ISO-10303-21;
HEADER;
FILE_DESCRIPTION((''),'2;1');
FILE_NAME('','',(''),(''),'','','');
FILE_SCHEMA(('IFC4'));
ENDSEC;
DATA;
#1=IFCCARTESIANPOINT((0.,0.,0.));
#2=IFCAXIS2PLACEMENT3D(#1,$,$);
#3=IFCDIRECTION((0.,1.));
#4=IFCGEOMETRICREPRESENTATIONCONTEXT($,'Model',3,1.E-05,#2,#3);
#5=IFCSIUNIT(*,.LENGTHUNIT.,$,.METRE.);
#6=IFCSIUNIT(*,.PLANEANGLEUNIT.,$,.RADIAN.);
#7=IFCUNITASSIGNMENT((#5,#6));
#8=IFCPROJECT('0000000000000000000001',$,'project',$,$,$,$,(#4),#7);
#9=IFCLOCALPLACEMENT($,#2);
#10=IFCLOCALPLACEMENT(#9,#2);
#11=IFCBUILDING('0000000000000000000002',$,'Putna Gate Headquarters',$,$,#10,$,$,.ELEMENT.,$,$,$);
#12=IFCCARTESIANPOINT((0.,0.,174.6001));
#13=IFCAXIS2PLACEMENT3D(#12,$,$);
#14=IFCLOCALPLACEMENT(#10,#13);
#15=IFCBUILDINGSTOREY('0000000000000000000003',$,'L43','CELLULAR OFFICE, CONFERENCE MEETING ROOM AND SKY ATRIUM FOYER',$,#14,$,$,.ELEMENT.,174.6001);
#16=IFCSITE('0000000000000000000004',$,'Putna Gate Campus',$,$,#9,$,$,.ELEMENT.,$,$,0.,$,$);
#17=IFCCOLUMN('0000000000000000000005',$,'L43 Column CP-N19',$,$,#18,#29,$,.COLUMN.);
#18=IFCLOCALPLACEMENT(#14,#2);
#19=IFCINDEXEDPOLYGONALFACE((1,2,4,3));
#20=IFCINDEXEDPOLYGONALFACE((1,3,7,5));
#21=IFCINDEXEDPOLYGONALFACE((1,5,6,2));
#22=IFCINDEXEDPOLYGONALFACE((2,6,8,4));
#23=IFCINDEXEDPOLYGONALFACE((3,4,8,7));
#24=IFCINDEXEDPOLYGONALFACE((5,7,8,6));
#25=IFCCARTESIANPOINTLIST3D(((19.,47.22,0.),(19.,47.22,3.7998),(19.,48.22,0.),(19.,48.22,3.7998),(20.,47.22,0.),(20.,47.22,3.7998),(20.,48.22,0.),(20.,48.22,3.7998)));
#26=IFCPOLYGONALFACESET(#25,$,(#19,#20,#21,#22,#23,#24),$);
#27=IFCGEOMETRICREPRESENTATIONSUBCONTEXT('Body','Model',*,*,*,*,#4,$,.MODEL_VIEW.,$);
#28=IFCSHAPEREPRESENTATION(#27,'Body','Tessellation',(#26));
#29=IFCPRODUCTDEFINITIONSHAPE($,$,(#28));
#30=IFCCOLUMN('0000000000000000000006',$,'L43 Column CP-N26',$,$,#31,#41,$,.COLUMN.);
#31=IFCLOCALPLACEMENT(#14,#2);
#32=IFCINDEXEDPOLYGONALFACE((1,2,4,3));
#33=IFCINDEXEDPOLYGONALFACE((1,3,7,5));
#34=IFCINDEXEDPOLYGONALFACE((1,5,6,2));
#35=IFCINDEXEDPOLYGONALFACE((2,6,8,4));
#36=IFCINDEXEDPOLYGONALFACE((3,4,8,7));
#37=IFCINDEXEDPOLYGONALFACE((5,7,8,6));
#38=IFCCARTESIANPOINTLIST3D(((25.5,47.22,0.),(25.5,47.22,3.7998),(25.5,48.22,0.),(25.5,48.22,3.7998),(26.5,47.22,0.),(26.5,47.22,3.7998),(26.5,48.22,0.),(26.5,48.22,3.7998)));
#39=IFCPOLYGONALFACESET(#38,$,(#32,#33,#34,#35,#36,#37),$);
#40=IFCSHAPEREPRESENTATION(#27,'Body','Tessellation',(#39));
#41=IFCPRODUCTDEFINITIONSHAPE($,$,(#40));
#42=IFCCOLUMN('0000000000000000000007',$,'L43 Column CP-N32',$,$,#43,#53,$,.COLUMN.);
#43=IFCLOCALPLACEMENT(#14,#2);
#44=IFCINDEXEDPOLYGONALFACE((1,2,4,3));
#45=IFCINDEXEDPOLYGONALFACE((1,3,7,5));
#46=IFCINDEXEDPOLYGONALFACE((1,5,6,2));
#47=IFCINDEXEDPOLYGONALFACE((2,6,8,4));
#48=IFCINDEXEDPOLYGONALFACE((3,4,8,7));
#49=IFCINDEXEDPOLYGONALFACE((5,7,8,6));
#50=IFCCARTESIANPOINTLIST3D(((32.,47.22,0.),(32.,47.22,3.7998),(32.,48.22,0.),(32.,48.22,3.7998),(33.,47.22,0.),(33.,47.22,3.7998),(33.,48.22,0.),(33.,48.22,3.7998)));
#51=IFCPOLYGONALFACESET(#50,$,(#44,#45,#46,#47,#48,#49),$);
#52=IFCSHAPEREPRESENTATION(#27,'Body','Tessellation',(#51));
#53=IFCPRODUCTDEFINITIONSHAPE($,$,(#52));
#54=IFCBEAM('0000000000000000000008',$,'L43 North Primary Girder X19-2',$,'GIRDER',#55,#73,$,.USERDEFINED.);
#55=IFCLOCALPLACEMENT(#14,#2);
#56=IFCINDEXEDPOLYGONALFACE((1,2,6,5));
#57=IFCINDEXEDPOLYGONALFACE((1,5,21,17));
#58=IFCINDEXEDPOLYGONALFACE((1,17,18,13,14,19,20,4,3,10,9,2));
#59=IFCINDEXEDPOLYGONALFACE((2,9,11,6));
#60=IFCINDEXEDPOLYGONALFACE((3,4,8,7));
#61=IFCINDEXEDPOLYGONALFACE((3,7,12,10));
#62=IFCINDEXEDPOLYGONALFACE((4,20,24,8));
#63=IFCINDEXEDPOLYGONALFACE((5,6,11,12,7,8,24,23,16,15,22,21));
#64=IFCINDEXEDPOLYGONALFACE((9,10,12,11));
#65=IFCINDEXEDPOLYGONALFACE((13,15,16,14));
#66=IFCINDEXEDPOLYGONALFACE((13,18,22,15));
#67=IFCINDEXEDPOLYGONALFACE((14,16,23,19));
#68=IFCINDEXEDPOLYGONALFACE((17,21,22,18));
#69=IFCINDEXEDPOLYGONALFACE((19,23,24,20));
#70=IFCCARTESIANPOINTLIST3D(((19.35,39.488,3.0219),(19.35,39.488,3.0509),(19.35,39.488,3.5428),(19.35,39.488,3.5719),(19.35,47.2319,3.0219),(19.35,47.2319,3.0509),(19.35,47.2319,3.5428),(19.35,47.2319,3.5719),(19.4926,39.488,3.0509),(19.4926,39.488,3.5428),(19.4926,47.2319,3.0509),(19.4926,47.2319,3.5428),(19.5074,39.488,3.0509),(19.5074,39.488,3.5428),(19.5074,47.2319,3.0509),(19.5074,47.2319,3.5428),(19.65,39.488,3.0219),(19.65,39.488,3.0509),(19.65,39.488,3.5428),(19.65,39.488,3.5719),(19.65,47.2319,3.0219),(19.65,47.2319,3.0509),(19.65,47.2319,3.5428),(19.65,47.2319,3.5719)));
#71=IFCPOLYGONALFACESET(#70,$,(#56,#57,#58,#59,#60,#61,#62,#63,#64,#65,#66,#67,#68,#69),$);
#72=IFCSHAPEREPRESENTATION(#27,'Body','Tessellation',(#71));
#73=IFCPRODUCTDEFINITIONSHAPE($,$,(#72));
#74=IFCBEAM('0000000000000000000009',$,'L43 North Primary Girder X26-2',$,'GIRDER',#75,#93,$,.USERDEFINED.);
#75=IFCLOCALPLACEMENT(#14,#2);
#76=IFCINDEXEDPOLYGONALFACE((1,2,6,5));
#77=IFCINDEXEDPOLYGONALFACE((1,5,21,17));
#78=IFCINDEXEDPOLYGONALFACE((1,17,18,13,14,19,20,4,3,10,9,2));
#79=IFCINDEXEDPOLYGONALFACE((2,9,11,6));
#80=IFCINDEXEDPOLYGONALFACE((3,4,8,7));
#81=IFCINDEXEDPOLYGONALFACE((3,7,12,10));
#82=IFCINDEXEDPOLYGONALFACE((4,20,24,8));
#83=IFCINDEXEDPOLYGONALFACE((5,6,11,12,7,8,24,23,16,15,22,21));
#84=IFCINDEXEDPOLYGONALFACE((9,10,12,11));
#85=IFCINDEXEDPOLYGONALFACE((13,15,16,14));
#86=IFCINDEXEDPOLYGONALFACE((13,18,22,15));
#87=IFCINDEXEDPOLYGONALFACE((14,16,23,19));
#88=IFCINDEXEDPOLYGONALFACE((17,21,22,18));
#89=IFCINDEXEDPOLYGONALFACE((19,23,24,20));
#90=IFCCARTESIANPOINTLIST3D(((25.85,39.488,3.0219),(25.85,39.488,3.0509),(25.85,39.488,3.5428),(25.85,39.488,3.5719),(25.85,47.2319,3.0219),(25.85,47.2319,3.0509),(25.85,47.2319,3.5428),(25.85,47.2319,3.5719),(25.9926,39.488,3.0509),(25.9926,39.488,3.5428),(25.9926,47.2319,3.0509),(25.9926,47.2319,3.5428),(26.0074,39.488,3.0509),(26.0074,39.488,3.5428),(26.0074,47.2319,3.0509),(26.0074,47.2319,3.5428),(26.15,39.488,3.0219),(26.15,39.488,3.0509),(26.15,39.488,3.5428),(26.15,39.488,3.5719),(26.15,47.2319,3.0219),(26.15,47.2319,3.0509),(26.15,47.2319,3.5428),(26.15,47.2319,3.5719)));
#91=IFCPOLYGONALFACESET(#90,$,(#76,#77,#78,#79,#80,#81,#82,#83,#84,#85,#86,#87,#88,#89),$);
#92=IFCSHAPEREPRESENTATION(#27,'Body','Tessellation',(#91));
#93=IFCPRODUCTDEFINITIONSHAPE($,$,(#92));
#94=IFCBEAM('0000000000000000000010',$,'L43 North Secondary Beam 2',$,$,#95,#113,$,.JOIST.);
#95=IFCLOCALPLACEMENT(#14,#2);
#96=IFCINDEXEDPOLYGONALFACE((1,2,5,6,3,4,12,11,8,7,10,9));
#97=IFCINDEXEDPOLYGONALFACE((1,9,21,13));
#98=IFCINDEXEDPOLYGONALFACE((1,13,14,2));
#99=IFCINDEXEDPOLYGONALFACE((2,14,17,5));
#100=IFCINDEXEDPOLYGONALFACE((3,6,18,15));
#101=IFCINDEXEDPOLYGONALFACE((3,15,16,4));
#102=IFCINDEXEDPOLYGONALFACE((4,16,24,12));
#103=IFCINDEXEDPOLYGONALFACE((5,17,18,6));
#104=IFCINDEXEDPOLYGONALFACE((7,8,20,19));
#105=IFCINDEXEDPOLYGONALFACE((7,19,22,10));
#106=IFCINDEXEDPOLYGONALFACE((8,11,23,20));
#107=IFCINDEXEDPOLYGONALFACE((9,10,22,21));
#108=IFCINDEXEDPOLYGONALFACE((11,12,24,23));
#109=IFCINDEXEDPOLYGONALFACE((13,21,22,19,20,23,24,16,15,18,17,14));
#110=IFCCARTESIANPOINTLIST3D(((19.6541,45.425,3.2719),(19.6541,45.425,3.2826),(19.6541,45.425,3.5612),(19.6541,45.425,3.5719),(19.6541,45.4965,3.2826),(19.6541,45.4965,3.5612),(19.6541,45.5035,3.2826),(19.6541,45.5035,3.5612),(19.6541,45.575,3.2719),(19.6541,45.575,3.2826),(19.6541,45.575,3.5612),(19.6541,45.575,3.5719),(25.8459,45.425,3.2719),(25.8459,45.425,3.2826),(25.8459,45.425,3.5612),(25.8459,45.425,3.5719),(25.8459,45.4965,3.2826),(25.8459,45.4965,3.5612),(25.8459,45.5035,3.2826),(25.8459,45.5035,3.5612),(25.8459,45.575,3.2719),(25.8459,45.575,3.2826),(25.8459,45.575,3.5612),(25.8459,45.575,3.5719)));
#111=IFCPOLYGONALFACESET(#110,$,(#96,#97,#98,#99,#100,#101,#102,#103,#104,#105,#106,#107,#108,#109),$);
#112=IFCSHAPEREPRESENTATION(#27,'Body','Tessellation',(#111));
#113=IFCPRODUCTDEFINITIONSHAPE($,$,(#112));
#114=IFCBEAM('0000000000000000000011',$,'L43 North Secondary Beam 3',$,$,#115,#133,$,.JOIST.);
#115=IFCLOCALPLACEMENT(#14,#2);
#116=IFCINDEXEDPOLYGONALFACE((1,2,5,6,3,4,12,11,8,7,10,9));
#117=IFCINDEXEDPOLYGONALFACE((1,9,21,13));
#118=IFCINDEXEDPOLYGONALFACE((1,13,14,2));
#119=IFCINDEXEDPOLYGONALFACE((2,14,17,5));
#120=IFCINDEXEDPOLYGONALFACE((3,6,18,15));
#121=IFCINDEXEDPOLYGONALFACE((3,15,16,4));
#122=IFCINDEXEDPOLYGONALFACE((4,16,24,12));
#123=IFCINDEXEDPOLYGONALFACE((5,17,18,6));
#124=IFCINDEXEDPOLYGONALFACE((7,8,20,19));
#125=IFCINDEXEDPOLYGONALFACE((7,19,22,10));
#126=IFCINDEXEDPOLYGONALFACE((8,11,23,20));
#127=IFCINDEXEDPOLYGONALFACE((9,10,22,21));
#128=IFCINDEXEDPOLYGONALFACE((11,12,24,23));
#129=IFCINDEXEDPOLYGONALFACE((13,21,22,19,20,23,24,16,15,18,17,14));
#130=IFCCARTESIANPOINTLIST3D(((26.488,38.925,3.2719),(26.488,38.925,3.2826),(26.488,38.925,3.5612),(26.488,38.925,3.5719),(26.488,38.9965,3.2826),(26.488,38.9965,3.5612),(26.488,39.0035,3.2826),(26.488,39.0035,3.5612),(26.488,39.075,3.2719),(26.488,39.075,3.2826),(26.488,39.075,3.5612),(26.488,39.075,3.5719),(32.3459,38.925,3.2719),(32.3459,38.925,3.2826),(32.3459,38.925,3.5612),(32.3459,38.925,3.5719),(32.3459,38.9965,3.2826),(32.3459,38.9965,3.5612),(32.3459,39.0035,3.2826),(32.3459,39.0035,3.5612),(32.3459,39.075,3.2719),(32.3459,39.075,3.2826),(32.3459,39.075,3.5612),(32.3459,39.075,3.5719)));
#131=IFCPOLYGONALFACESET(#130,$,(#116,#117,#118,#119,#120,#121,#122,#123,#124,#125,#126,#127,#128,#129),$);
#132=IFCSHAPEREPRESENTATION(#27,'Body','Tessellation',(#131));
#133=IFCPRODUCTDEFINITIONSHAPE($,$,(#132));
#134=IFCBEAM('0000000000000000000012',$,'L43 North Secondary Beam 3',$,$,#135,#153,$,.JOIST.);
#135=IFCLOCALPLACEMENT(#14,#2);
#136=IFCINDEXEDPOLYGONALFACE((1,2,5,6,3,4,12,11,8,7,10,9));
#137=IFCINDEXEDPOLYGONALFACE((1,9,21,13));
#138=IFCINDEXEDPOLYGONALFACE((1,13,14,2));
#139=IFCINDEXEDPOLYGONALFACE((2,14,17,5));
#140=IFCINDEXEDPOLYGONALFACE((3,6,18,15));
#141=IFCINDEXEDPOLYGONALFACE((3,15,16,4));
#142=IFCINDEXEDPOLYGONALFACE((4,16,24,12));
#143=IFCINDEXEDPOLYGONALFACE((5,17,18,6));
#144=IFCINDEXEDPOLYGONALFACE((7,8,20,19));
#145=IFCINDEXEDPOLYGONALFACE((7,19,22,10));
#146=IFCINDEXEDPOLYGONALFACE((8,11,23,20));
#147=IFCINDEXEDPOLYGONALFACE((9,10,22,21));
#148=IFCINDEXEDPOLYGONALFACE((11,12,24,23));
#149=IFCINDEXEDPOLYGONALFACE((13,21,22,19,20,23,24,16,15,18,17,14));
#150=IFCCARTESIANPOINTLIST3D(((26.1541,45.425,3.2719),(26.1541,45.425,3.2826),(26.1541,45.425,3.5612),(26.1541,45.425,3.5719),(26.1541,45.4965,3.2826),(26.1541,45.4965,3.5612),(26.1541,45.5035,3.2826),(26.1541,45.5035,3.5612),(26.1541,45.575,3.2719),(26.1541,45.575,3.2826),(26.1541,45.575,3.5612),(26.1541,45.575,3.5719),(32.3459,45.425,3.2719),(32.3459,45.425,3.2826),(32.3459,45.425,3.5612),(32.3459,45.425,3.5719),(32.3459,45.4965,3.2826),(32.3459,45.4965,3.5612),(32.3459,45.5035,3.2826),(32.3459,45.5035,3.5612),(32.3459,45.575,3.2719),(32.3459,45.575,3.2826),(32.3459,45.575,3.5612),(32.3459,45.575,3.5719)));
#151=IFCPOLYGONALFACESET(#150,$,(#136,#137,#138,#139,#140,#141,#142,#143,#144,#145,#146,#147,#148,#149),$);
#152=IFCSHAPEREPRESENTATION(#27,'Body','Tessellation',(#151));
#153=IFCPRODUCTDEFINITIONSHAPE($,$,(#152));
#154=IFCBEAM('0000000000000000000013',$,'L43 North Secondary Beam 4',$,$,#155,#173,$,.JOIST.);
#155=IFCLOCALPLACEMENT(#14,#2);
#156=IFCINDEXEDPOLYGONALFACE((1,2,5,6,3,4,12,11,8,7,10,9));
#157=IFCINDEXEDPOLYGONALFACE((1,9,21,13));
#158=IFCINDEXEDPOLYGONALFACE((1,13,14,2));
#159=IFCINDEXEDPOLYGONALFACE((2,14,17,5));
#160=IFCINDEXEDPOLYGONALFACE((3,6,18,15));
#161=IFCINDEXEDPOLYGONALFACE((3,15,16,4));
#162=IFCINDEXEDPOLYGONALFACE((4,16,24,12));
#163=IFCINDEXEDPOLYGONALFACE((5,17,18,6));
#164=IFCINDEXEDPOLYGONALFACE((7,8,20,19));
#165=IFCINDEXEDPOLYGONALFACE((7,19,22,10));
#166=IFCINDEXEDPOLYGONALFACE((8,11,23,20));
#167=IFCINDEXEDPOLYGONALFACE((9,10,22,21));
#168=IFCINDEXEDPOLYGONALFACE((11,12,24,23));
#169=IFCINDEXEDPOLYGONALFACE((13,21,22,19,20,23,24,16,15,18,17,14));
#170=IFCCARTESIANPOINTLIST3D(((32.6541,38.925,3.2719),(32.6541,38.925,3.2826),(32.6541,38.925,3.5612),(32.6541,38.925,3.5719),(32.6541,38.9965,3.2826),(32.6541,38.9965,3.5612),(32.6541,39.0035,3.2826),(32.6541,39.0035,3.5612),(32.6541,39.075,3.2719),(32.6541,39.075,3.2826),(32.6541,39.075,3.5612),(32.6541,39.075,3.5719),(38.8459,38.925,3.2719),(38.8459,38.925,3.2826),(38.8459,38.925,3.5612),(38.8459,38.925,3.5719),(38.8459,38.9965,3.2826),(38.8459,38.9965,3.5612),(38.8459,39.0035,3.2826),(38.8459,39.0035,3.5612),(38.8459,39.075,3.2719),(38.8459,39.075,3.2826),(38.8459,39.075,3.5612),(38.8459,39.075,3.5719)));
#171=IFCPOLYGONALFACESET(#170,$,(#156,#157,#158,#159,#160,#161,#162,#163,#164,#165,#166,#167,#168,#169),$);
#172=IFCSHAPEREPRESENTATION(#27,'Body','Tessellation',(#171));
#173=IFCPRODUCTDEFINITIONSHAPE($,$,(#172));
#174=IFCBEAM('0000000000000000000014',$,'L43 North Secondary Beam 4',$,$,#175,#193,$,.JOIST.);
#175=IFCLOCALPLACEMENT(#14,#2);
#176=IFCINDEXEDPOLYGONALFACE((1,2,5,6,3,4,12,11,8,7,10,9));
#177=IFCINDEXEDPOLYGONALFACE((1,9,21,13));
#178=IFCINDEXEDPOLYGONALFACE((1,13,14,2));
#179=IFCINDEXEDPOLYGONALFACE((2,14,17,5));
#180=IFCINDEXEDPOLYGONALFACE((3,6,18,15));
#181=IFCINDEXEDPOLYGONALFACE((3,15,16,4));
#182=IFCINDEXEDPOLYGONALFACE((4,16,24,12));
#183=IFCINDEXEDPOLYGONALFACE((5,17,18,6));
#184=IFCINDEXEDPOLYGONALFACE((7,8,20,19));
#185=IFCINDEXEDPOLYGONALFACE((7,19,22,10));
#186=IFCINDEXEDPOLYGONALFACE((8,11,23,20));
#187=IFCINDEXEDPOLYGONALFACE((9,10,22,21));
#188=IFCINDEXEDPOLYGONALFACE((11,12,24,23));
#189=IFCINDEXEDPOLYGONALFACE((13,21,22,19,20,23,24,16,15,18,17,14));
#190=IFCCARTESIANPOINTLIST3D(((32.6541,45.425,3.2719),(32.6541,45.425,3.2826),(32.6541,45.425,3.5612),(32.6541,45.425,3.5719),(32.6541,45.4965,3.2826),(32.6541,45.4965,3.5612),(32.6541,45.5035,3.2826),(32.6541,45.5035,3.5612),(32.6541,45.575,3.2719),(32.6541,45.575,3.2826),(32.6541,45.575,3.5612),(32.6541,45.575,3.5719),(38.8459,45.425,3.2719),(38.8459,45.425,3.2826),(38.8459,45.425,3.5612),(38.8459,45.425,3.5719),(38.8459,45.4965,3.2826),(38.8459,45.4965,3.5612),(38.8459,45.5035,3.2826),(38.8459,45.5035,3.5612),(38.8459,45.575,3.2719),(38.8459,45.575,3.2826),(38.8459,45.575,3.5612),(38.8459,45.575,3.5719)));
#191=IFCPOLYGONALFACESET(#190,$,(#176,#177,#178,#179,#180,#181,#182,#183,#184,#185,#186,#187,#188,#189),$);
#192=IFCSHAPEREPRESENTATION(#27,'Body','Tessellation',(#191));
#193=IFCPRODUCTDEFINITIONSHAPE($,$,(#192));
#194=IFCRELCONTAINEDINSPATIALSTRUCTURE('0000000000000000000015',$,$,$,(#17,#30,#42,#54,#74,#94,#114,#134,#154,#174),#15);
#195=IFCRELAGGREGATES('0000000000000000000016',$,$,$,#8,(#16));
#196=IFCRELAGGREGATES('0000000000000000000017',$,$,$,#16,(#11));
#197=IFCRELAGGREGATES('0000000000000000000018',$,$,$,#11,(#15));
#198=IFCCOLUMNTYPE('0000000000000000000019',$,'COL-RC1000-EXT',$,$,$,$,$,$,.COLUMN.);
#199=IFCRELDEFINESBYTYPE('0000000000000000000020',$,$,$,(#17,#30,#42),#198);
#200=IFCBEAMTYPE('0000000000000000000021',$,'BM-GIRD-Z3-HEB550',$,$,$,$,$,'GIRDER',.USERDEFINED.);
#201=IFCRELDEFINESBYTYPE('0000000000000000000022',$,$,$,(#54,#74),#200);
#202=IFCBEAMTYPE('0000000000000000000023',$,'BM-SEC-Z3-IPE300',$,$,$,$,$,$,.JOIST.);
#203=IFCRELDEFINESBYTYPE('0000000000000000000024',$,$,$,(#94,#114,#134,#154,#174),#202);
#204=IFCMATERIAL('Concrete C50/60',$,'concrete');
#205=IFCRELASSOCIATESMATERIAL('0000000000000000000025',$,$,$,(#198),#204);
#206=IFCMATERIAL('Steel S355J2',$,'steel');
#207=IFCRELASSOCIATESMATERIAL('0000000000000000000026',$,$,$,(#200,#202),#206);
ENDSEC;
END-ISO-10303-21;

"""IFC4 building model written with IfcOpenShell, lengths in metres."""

from ifc_helpers import new_model, si_unit, direction, frame, origin, origin_2d, place, context, subcontext, project, spatial, rectangle, i_section, extrude, material, material_profile, profile_set, type_object, element, save


model = new_model("IFC4")

# Units and contexts
model_context = context("Model", 3, precision=1e-05, world=origin(), true_north=direction((0.0, 1.0)))
body_context = subcontext(model_context, "Body", "Model", "MODEL_VIEW")
ifc_project = project(units=[si_unit("LENGTHUNIT", "METRE"), si_unit("PLANEANGLEUNIT", "RADIAN")], contexts=[model_context])

# Site, building, storey
site_placement = place(None, origin())
site = spatial("IfcSite", under=ifc_project, at=site_placement, Name="Putna Gate Campus", CompositionType="ELEMENT", RefElevation=0.0)
building_placement = place(site_placement, origin())
building = spatial("IfcBuilding", under=site, at=building_placement, Name="Putna Gate Headquarters", CompositionType="ELEMENT")
storey_placement = place(building_placement, frame((0.0, 0.0, 174.6001)))
storey = spatial("IfcBuildingStorey", under=building, at=storey_placement, Name="L43", Description="CELLULAR OFFICE, CONFERENCE MEETING ROOM AND SKY ATRIUM FOYER", CompositionType="ELEMENT", Elevation=174.6001)

# Columns
ifc_material_1 = material(Name="Concrete C50/60", Category="concrete")
ifc_material_profile_1 = material_profile(ifc_material_1, rectangle(XDim=1.0, YDim=1.0, at=origin_2d()), Name="Concrete C50/60")
ifc_profile_set_1 = profile_set([ifc_material_profile_1], Name="Concrete C50/60")
column_type = type_object("IfcColumnType", Name="COL-RC1000-EXT", PredefinedType="COLUMN", material=ifc_profile_set_1)
for number, where, z_axis, x_axis, name in (
    (1, (19.5, 47.72, 0.0), (0.0, 0.0, 1.0), (1.0, 0.0, 0.0), "L43 Column CP-N19"),
    (2, (26.0, 47.72, 0.0), (0.0, 0.0, 1.0), (1.0, 0.0, 0.0), "L43 Column CP-N26"),
    (3, (32.5, 47.72, 0.0), (0.0, 0.0, 1.0), (1.0, 0.0, 0.0), "L43 Column CP-N32"),
):
    element("IfcColumn", number, at=place(storey_placement, frame(where, z_axis=z_axis, x_axis=x_axis)), inside=storey, type_object=column_type, Name=name, PredefinedType="COLUMN", context=body_context, shape_type="SweptSolid", body=[
        extrude(rectangle(XDim=1.0, YDim=1.0, at=origin_2d()), origin(), (0.0, 0.0, 1.0), 3.7998),
    ])

# Beams
ifc_material_2 = material(Name="Steel S355J2", Category="steel")
ifc_material_profile_2 = material_profile(ifc_material_2, i_section(OverallWidth=0.3, OverallDepth=0.55, WebThickness=0.0149, FlangeThickness=0.0291, at=origin_2d()), Name="Steel S355J2")
ifc_profile_set_2 = profile_set([ifc_material_profile_2], Name="Steel S355J2")
beam_type_1 = type_object("IfcBeamType", Name="BM-GIRD-Z3-HEB550", ElementType="GIRDER", PredefinedType="USERDEFINED", material=ifc_profile_set_2)
for number, where, z_axis, x_axis, name in (
    (4, (19.5, 39.488, 3.2969), (0.0, 1.0, 0.0), (-1.0, 0.0, 0.0), "L43 North Primary Girder X19-2"),
    (5, (26.0, 39.488, 3.2969), (0.0, 1.0, 0.0), (-1.0, 0.0, 0.0), "L43 North Primary Girder X26-2"),
):
    element("IfcBeam", number, at=place(storey_placement, frame(where, z_axis=z_axis, x_axis=x_axis)), inside=storey, type_object=beam_type_1, Name=name, ObjectType="GIRDER", PredefinedType="USERDEFINED", context=body_context, shape_type="SweptSolid", body=[
        extrude(i_section(OverallWidth=0.3, OverallDepth=0.55, WebThickness=0.0149, FlangeThickness=0.0291, at=origin_2d()), origin(), (0.0, 0.0, 1.0), 7.7439),
    ])
ifc_material_profile_3 = material_profile(ifc_material_2, i_section(OverallWidth=0.1499, OverallDepth=0.3, WebThickness=0.0071, FlangeThickness=0.0107, at=origin_2d()), Name="Steel S355J2")
ifc_profile_set_3 = profile_set([ifc_material_profile_3], Name="Steel S355J2")
beam_type_2 = type_object("IfcBeamType", Name="BM-SEC-Z3-IPE300", PredefinedType="JOIST", material=ifc_profile_set_3)
beam_1_placement = place(storey_placement, frame((19.6541, 45.5, 3.4219), z_axis=(1.0, 0.0, 0.0), x_axis=(0.0, 1.0, 0.0)))
element("IfcBeam", 6, at=beam_1_placement, inside=storey, type_object=beam_type_2, Name="L43 North Secondary Beam 2", PredefinedType="JOIST", context=body_context, shape_type="SweptSolid", body=[
    extrude(i_section(OverallWidth=0.1499, OverallDepth=0.3, WebThickness=0.0071, FlangeThickness=0.0107, at=origin_2d()), origin(), (0.0, 0.0, 1.0), 6.1919),
])
beam_2_placement = place(storey_placement, frame((26.488, 39.0, 3.4219), z_axis=(1.0, 0.0, 0.0), x_axis=(0.0, 1.0, 0.0)))
element("IfcBeam", 7, at=beam_2_placement, inside=storey, type_object=beam_type_2, Name="L43 North Secondary Beam 3", PredefinedType="JOIST", context=body_context, shape_type="SweptSolid", body=[
    extrude(i_section(OverallWidth=0.1499, OverallDepth=0.3, WebThickness=0.0071, FlangeThickness=0.0107, at=origin_2d()), origin(), (0.0, 0.0, 1.0), 5.8579),
])
for number, where, z_axis, x_axis, name in (
    (8, (26.1541, 45.5, 3.4219), (1.0, 0.0, 0.0), (0.0, 1.0, 0.0), "L43 North Secondary Beam 3"),
    (9, (32.6541, 39.0, 3.4219), (1.0, 0.0, 0.0), (0.0, 1.0, 0.0), "L43 North Secondary Beam 4"),
    (10, (32.6541, 45.5, 3.4219), (1.0, 0.0, 0.0), (0.0, 1.0, 0.0), "L43 North Secondary Beam 4"),
):
    element("IfcBeam", number, at=place(storey_placement, frame(where, z_axis=z_axis, x_axis=x_axis)), inside=storey, type_object=beam_type_2, Name=name, PredefinedType="JOIST", context=body_context, shape_type="SweptSolid", body=[
        extrude(i_section(OverallWidth=0.1499, OverallDepth=0.3, WebThickness=0.0071, FlangeThickness=0.0107, at=origin_2d()), origin(), (0.0, 0.0, 1.0), 6.1919),
    ])

save(model, "model.ifc")
